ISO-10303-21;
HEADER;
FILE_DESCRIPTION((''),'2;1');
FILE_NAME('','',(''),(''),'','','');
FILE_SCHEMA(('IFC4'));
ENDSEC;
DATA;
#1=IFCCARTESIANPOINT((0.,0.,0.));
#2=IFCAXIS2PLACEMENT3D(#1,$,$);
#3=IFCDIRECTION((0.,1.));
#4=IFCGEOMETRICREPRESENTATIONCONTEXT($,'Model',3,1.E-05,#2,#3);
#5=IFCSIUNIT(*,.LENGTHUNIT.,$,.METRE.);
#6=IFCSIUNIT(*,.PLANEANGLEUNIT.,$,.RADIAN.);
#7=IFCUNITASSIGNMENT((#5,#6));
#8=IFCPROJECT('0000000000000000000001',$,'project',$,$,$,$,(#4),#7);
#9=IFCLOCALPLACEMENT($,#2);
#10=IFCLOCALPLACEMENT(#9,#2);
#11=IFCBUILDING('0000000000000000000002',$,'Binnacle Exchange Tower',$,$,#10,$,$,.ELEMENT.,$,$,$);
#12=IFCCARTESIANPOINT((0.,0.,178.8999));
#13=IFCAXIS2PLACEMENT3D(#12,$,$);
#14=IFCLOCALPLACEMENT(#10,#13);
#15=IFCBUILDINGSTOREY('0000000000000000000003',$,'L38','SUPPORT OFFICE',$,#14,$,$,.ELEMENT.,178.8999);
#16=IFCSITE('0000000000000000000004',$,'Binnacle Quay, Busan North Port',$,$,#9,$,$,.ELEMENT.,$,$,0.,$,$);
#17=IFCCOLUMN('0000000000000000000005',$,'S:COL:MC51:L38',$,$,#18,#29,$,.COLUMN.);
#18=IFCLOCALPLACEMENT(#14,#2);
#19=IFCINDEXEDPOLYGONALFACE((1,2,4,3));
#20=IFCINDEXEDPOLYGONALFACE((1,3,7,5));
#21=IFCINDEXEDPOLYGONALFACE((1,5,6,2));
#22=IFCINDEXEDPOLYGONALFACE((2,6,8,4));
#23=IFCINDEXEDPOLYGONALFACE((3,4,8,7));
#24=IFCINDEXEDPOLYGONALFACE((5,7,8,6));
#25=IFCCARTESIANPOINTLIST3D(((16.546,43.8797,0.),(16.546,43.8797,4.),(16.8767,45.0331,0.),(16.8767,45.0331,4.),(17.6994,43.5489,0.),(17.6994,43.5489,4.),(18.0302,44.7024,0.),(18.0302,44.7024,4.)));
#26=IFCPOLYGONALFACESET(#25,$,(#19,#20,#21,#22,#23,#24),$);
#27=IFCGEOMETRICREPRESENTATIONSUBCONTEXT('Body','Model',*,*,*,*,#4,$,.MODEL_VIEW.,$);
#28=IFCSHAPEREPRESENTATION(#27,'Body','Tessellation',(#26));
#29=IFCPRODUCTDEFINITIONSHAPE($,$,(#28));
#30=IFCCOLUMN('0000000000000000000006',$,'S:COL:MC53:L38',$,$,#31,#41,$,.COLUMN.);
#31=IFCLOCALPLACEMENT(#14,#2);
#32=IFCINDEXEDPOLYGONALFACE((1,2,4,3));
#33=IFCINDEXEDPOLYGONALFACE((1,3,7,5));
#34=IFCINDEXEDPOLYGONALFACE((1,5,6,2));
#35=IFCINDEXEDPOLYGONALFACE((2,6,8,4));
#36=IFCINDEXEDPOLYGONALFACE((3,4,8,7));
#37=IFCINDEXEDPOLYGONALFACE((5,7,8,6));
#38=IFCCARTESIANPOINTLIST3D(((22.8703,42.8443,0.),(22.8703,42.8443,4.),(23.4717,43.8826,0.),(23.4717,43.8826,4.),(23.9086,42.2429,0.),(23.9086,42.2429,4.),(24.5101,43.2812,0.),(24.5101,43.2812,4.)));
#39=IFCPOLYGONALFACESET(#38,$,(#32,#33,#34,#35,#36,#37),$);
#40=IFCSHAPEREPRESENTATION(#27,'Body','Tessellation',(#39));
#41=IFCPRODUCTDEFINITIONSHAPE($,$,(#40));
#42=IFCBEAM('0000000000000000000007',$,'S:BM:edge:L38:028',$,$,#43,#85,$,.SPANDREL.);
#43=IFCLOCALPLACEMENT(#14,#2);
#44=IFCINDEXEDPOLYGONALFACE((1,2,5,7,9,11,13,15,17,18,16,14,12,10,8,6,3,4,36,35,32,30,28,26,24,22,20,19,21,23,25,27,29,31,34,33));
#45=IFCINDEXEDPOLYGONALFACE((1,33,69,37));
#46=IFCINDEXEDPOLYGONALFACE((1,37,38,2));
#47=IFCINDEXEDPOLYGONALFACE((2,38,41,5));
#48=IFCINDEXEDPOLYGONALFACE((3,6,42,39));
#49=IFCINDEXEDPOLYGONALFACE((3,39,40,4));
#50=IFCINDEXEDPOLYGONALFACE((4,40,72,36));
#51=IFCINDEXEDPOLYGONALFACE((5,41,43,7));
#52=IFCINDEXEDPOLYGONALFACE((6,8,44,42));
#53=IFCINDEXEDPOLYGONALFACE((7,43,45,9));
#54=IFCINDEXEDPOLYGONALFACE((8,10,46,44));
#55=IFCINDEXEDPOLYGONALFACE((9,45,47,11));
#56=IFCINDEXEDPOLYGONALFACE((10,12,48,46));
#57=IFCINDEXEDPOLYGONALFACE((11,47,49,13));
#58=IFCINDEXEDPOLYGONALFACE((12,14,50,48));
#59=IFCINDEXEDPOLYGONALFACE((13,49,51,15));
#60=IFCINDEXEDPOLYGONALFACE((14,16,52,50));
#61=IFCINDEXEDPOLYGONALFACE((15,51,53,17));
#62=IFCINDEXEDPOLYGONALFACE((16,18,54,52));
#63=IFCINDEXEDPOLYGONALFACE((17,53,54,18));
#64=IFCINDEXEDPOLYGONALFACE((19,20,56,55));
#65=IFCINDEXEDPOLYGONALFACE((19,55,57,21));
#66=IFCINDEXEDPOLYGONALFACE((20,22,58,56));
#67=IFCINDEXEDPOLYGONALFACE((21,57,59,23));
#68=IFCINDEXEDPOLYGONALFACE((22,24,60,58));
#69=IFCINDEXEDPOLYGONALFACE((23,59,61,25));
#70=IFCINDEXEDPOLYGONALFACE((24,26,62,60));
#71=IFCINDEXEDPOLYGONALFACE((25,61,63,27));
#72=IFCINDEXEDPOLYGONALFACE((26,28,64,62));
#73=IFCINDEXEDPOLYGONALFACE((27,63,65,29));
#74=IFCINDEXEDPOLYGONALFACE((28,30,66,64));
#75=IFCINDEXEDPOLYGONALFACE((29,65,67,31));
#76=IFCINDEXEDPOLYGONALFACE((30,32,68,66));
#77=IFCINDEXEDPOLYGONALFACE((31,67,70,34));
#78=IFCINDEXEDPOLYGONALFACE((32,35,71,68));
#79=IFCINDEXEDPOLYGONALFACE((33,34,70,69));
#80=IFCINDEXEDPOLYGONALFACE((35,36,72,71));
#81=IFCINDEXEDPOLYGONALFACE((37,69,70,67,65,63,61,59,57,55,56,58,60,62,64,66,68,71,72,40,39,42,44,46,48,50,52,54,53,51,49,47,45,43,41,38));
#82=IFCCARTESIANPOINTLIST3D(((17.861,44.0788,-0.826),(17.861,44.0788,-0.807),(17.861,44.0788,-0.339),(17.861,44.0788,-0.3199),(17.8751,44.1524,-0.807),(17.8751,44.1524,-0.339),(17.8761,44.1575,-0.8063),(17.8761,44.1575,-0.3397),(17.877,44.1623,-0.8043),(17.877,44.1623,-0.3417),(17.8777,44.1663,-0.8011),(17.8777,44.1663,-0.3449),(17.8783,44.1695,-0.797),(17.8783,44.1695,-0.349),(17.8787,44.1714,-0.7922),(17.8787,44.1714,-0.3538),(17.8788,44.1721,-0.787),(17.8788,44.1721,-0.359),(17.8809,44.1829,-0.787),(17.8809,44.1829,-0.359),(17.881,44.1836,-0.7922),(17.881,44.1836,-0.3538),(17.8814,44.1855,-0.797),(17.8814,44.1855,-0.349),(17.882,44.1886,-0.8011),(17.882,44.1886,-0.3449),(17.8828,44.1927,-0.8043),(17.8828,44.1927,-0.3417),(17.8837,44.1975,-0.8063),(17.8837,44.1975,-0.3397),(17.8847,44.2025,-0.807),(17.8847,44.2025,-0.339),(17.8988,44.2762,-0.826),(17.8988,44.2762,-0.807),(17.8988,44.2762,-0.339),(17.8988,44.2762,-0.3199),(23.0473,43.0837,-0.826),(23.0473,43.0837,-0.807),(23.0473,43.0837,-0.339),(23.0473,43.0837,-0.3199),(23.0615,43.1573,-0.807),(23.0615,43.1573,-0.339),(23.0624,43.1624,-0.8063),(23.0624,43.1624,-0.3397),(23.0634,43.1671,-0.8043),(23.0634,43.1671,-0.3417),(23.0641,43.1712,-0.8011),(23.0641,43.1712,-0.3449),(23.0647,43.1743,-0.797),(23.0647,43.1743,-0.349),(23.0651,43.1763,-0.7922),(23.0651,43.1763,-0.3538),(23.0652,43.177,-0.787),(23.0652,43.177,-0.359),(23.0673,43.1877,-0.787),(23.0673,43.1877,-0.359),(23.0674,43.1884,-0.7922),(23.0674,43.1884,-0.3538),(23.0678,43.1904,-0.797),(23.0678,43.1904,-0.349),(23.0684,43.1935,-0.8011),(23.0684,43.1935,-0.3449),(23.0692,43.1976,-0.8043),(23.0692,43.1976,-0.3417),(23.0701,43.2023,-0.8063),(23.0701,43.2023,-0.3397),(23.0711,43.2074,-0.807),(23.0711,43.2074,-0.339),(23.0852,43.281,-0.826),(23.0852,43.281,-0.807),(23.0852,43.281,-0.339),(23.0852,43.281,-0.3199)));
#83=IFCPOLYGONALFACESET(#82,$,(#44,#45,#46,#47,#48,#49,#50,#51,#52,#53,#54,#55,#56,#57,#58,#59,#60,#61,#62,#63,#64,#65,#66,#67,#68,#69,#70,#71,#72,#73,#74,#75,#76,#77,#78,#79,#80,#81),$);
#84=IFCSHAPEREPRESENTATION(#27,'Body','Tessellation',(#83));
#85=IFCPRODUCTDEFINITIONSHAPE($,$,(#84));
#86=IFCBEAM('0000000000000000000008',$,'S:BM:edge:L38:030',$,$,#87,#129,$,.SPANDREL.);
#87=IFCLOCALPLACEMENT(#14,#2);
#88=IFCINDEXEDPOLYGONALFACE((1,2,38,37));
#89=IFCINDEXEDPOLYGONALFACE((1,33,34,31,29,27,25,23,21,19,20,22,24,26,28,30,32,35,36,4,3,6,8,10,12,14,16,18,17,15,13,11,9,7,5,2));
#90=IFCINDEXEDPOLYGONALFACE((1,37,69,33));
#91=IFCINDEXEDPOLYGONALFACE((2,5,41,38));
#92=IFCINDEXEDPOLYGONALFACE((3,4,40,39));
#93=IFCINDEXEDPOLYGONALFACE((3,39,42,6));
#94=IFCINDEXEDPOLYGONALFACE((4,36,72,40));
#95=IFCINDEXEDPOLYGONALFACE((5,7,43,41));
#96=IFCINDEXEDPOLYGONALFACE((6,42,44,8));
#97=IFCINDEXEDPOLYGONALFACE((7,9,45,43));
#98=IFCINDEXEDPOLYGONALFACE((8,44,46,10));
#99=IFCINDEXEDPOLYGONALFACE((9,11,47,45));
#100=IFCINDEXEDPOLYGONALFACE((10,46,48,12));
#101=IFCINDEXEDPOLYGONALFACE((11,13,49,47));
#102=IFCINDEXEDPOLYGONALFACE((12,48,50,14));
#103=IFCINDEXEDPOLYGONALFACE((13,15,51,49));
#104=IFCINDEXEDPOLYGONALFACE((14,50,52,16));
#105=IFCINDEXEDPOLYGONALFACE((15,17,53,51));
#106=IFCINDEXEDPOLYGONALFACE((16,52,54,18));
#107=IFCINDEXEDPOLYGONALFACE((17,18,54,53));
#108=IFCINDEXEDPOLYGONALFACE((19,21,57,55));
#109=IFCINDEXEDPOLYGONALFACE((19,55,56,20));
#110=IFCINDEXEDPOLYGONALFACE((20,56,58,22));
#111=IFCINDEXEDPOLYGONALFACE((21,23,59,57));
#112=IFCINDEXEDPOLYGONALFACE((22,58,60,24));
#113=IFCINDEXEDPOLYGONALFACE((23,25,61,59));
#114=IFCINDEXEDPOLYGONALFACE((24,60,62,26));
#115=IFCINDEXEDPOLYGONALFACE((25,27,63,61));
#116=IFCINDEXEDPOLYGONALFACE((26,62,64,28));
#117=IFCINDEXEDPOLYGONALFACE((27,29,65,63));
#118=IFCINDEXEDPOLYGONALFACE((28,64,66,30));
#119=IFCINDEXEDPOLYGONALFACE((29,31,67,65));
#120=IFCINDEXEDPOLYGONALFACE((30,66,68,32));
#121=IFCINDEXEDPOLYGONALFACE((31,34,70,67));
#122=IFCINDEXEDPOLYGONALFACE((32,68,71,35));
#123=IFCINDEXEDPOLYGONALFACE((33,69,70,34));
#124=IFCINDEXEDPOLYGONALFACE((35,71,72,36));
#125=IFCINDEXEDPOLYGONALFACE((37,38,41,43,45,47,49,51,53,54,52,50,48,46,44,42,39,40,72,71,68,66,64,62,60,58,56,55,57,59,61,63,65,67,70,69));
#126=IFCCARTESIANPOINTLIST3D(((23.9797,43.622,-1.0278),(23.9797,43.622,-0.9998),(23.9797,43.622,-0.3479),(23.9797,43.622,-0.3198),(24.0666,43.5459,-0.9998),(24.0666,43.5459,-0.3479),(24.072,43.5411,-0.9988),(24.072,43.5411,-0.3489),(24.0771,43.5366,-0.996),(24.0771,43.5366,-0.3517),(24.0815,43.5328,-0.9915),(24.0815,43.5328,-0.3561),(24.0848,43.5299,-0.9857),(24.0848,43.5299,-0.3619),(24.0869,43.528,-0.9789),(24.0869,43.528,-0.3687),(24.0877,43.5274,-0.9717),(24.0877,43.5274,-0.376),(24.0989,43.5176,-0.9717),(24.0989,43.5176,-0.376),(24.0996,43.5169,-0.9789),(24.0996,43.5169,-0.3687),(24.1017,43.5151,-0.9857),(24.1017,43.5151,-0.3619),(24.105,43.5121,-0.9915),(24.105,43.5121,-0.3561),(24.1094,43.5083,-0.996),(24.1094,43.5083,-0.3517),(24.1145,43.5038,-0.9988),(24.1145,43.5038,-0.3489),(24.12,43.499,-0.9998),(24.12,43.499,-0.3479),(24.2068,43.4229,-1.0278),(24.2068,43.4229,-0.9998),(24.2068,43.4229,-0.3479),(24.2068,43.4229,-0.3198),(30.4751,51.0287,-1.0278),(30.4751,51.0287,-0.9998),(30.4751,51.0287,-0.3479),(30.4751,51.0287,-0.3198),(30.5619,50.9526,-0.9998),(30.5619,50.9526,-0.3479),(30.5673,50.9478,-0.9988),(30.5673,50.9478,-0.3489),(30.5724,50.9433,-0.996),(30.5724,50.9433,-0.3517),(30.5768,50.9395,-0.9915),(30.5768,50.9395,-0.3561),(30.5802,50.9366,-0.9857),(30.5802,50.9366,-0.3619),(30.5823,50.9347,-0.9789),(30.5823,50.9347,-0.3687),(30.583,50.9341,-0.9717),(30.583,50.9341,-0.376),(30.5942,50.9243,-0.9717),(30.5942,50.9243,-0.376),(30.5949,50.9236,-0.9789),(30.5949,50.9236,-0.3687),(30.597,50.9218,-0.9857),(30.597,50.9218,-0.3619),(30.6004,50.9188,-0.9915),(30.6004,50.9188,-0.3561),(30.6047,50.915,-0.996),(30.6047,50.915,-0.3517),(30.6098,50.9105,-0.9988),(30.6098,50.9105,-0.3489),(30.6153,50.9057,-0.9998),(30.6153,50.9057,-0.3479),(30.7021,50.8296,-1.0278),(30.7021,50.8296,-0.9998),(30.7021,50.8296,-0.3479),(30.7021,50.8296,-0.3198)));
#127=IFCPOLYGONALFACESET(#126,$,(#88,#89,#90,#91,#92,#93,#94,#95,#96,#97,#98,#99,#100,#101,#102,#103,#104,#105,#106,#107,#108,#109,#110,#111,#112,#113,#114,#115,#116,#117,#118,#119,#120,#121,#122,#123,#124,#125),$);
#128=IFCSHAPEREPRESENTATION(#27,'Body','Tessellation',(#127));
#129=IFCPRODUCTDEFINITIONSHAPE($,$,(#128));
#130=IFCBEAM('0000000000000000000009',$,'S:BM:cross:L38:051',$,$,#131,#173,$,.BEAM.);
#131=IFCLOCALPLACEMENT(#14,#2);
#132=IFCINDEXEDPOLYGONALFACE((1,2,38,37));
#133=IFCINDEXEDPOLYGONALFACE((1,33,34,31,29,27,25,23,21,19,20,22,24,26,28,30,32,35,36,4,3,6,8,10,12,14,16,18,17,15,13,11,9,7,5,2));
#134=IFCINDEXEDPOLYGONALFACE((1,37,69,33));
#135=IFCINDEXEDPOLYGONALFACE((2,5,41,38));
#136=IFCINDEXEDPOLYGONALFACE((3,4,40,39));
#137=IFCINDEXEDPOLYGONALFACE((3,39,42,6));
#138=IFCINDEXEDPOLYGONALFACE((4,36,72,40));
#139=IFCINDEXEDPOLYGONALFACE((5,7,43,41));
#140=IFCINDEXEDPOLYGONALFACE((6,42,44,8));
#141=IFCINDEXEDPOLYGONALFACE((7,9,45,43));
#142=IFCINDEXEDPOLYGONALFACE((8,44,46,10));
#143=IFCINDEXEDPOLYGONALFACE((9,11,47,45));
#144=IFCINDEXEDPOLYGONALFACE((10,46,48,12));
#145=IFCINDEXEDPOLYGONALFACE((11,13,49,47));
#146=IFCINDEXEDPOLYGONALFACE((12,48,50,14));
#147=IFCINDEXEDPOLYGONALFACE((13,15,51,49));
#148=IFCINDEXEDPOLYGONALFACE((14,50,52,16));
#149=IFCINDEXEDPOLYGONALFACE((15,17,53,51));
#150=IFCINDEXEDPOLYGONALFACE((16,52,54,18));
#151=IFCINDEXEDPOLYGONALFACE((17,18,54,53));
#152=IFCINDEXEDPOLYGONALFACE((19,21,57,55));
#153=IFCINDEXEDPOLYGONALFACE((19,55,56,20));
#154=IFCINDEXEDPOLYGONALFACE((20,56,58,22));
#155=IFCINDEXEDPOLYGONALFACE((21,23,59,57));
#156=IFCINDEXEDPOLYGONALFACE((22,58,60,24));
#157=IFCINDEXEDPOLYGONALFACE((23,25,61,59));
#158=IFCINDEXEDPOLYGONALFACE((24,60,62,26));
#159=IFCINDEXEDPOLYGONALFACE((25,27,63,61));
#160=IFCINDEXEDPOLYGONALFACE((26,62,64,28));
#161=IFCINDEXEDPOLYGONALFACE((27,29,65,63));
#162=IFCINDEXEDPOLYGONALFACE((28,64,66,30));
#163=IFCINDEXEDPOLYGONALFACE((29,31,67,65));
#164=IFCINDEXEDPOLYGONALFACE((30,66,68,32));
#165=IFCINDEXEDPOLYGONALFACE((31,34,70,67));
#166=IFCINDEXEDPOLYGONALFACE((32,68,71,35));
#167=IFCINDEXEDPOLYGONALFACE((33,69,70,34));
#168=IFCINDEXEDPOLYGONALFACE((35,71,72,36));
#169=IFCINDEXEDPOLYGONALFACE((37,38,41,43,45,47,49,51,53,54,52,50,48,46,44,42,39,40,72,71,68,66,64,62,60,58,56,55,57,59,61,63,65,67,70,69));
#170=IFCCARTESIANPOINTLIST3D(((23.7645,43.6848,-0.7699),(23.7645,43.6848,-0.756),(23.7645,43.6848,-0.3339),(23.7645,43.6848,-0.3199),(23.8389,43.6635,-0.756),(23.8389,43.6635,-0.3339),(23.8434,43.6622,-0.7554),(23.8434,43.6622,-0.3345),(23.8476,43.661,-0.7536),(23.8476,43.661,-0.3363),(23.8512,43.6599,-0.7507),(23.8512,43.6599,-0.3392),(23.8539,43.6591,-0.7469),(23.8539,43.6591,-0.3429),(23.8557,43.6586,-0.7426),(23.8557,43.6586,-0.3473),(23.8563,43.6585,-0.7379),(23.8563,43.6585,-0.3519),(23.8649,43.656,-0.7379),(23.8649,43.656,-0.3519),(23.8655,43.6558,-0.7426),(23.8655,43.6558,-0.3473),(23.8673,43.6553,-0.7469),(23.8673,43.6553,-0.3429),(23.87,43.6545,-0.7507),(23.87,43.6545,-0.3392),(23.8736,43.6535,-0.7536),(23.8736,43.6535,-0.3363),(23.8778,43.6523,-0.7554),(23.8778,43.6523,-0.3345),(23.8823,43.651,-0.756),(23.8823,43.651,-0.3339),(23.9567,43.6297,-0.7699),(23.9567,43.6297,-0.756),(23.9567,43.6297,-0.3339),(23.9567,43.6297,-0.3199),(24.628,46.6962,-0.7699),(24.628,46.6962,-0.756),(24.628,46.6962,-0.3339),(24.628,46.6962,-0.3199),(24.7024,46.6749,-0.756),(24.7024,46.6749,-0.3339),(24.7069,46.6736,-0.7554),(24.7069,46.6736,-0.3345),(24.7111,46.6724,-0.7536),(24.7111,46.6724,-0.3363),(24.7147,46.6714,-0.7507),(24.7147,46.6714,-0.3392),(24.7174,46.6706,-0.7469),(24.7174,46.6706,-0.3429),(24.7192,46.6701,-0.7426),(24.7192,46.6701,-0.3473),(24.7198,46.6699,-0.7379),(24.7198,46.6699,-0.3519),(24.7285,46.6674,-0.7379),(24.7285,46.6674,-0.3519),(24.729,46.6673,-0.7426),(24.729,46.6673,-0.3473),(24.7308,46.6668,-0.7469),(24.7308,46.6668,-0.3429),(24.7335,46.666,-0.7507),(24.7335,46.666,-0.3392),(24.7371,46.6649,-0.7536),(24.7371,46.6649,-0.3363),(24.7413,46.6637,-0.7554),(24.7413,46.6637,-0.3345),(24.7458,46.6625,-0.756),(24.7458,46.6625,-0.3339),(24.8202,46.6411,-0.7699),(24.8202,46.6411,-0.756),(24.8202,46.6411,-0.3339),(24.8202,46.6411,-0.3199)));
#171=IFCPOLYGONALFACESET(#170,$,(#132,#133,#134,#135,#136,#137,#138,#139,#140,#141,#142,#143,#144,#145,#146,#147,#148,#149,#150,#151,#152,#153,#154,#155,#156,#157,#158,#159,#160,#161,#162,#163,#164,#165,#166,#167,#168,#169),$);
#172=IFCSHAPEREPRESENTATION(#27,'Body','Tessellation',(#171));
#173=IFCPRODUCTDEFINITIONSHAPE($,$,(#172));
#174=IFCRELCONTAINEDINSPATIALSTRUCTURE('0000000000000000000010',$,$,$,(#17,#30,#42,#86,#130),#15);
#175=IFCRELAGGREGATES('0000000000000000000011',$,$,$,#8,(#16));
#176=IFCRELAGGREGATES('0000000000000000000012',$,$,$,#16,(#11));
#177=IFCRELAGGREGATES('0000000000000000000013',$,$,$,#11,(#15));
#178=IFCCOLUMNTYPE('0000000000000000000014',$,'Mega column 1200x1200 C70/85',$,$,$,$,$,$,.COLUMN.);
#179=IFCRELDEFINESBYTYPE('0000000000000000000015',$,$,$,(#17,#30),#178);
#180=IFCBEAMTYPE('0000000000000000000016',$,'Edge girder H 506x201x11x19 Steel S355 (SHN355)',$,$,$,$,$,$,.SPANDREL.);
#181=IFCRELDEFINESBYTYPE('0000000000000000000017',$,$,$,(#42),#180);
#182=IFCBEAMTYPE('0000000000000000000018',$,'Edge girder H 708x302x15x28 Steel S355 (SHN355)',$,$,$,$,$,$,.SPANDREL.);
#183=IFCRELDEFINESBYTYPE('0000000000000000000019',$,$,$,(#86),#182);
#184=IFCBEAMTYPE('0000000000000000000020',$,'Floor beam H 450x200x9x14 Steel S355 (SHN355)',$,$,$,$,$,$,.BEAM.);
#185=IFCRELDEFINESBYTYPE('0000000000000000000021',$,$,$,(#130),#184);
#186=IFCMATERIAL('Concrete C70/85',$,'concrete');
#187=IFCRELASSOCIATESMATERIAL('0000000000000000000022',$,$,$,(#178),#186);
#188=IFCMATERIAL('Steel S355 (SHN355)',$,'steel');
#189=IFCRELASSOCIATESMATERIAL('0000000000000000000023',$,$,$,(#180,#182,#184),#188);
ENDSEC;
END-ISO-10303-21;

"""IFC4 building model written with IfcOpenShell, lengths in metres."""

from ifc_helpers import new_model, si_unit, direction, frame, origin, origin_2d, place, context, subcontext, project, spatial, rectangle, i_section, extrude, material, material_profile, profile_set, type_object, element, save


model = new_model("IFC4")

# Units and contexts
model_context = context("Model", 3, precision=1e-05, world=origin(), true_north=direction((0.0, 1.0)))
body_context = subcontext(model_context, "Body", "Model", "MODEL_VIEW")
ifc_project = project(units=[si_unit("LENGTHUNIT", "METRE"), si_unit("PLANEANGLEUNIT", "RADIAN")], contexts=[model_context])

# Site, building, storey
site_placement = place(None, origin())
site = spatial("IfcSite", under=ifc_project, at=site_placement, Name="Binnacle Quay, Busan North Port", CompositionType="ELEMENT", RefElevation=0.0)
building_placement = place(site_placement, origin())
building = spatial("IfcBuilding", under=site, at=building_placement, Name="Binnacle Exchange Tower", CompositionType="ELEMENT")
storey_placement = place(building_placement, frame((0.0, 0.0, 178.8999)))
storey = spatial("IfcBuildingStorey", under=building, at=storey_placement, Name="L38", Description="SUPPORT OFFICE", CompositionType="ELEMENT", Elevation=178.8999)

# Columns
ifc_material_1 = material(Name="Concrete C70/85", Category="concrete")
ifc_material_profile_1 = material_profile(ifc_material_1, rectangle(XDim=1.2, YDim=1.2, at=origin_2d()), Name="Mega column 1200x1200 C70/85")
ifc_profile_set_1 = profile_set([ifc_material_profile_1], Name="Concrete C70/85")
column_type = type_object("IfcColumnType", Name="Mega column 1200x1200 C70/85", PredefinedType="COLUMN", material=ifc_profile_set_1)
for number, where, z_axis, x_axis, name in (
    (1, (17.2881, 44.291, 0.0), (0.0, 0.0, 1.0), (0.961262, -0.275637, 0.0), "S:COL:MC51:L38"),
    (2, (23.6902, 43.0627, 0.0), (0.0, 0.0, 1.0), (-0.865326, 0.501209, 0.0), "S:COL:MC53:L38"),
):
    element("IfcColumn", number, at=place(storey_placement, frame(where, z_axis=z_axis, x_axis=x_axis)), inside=storey, type_object=column_type, Name=name, PredefinedType="COLUMN", context=body_context, shape_type="SweptSolid", body=[
        extrude(rectangle(XDim=1.2, YDim=1.2, at=origin_2d()), origin(), (0.0, 0.0, 1.0), 4.0),
    ])

# Beams
ifc_material_2 = material(Name="Steel S355 (SHN355)", Category="steel")
ifc_material_profile_2 = material_profile(ifc_material_2, i_section(OverallWidth=0.2009, OverallDepth=0.5061, WebThickness=0.011, FlangeThickness=0.019, FilletRadius=0.02, at=origin_2d()), Name="H 506x201x11x19")
ifc_profile_set_2 = profile_set([ifc_material_profile_2], Name="Steel S355 (SHN355)")
beam_type_1 = type_object("IfcBeamType", Name="Edge girder H 506x201x11x19 Steel S355 (SHN355)", PredefinedType="SPANDREL", material=ifc_profile_set_2)
beam_1_placement = place(storey_placement, frame((17.8799, 44.1775, -0.573), z_axis=(0.982085, -0.188438, 0.0), x_axis=(0.188438, 0.982085, 0.0)))
element("IfcBeam", 3, at=beam_1_placement, inside=storey, type_object=beam_type_1, Name="S:BM:edge:L38:028", PredefinedType="SPANDREL", context=body_context, shape_type="SweptSolid", body=[
    extrude(i_section(OverallWidth=0.2009, OverallDepth=0.5061, WebThickness=0.011, FlangeThickness=0.019, FilletRadius=0.02, at=origin_2d()), origin(), (0.0, 0.0, 1.0), 5.281),
])
ifc_material_profile_3 = material_profile(ifc_material_2, i_section(OverallWidth=0.302, OverallDepth=0.708, WebThickness=0.0149, FlangeThickness=0.0281, FilletRadius=0.0281, at=origin_2d()), Name="H 708x302x15x28")
ifc_profile_set_3 = profile_set([ifc_material_profile_3], Name="Steel S355 (SHN355)")
beam_type_2 = type_object("IfcBeamType", Name="Edge girder H 708x302x15x28 Steel S355 (SHN355)", PredefinedType="SPANDREL", material=ifc_profile_set_3)
beam_2_placement = place(storey_placement, frame((24.0933, 43.5225, -0.6738), z_axis=(0.659336, 0.751849, 0.0), x_axis=(-0.751849, 0.659336, 0.0)))
element("IfcBeam", 4, at=beam_2_placement, inside=storey, type_object=beam_type_2, Name="S:BM:edge:L38:030", PredefinedType="SPANDREL", context=body_context, shape_type="SweptSolid", body=[
    extrude(i_section(OverallWidth=0.302, OverallDepth=0.708, WebThickness=0.0149, FlangeThickness=0.0281, FilletRadius=0.0281, at=origin_2d()), origin(), (0.0, 0.0, 1.0), 9.8513),
])
ifc_material_profile_4 = material_profile(ifc_material_2, i_section(OverallWidth=0.2, OverallDepth=0.45, WebThickness=0.009, FlangeThickness=0.0139, FilletRadius=0.0181, at=origin_2d()), Name="H 450x200x9x14")
ifc_profile_set_4 = profile_set([ifc_material_profile_4], Name="Steel S355 (SHN355)")
beam_type_3 = type_object("IfcBeamType", Name="Floor beam H 450x200x9x14 Steel S355 (SHN355)", PredefinedType="BEAM", material=ifc_profile_set_4)
beam_3_placement = place(storey_placement, frame((23.8606, 43.6572, -0.5449), z_axis=(0.275637, 0.961262, 0.0), x_axis=(-0.961262, 0.275637, 0.0)))
element("IfcBeam", 5, at=beam_3_placement, inside=storey, type_object=beam_type_3, Name="S:BM:cross:L38:051", PredefinedType="BEAM", context=body_context, shape_type="SweptSolid", body=[
    extrude(i_section(OverallWidth=0.2, OverallDepth=0.45, WebThickness=0.009, FlangeThickness=0.0139, FilletRadius=0.0181, at=origin_2d()), origin(), (0.0, 0.0, 1.0), 3.1328),
])

save(model, "model.ifc")
